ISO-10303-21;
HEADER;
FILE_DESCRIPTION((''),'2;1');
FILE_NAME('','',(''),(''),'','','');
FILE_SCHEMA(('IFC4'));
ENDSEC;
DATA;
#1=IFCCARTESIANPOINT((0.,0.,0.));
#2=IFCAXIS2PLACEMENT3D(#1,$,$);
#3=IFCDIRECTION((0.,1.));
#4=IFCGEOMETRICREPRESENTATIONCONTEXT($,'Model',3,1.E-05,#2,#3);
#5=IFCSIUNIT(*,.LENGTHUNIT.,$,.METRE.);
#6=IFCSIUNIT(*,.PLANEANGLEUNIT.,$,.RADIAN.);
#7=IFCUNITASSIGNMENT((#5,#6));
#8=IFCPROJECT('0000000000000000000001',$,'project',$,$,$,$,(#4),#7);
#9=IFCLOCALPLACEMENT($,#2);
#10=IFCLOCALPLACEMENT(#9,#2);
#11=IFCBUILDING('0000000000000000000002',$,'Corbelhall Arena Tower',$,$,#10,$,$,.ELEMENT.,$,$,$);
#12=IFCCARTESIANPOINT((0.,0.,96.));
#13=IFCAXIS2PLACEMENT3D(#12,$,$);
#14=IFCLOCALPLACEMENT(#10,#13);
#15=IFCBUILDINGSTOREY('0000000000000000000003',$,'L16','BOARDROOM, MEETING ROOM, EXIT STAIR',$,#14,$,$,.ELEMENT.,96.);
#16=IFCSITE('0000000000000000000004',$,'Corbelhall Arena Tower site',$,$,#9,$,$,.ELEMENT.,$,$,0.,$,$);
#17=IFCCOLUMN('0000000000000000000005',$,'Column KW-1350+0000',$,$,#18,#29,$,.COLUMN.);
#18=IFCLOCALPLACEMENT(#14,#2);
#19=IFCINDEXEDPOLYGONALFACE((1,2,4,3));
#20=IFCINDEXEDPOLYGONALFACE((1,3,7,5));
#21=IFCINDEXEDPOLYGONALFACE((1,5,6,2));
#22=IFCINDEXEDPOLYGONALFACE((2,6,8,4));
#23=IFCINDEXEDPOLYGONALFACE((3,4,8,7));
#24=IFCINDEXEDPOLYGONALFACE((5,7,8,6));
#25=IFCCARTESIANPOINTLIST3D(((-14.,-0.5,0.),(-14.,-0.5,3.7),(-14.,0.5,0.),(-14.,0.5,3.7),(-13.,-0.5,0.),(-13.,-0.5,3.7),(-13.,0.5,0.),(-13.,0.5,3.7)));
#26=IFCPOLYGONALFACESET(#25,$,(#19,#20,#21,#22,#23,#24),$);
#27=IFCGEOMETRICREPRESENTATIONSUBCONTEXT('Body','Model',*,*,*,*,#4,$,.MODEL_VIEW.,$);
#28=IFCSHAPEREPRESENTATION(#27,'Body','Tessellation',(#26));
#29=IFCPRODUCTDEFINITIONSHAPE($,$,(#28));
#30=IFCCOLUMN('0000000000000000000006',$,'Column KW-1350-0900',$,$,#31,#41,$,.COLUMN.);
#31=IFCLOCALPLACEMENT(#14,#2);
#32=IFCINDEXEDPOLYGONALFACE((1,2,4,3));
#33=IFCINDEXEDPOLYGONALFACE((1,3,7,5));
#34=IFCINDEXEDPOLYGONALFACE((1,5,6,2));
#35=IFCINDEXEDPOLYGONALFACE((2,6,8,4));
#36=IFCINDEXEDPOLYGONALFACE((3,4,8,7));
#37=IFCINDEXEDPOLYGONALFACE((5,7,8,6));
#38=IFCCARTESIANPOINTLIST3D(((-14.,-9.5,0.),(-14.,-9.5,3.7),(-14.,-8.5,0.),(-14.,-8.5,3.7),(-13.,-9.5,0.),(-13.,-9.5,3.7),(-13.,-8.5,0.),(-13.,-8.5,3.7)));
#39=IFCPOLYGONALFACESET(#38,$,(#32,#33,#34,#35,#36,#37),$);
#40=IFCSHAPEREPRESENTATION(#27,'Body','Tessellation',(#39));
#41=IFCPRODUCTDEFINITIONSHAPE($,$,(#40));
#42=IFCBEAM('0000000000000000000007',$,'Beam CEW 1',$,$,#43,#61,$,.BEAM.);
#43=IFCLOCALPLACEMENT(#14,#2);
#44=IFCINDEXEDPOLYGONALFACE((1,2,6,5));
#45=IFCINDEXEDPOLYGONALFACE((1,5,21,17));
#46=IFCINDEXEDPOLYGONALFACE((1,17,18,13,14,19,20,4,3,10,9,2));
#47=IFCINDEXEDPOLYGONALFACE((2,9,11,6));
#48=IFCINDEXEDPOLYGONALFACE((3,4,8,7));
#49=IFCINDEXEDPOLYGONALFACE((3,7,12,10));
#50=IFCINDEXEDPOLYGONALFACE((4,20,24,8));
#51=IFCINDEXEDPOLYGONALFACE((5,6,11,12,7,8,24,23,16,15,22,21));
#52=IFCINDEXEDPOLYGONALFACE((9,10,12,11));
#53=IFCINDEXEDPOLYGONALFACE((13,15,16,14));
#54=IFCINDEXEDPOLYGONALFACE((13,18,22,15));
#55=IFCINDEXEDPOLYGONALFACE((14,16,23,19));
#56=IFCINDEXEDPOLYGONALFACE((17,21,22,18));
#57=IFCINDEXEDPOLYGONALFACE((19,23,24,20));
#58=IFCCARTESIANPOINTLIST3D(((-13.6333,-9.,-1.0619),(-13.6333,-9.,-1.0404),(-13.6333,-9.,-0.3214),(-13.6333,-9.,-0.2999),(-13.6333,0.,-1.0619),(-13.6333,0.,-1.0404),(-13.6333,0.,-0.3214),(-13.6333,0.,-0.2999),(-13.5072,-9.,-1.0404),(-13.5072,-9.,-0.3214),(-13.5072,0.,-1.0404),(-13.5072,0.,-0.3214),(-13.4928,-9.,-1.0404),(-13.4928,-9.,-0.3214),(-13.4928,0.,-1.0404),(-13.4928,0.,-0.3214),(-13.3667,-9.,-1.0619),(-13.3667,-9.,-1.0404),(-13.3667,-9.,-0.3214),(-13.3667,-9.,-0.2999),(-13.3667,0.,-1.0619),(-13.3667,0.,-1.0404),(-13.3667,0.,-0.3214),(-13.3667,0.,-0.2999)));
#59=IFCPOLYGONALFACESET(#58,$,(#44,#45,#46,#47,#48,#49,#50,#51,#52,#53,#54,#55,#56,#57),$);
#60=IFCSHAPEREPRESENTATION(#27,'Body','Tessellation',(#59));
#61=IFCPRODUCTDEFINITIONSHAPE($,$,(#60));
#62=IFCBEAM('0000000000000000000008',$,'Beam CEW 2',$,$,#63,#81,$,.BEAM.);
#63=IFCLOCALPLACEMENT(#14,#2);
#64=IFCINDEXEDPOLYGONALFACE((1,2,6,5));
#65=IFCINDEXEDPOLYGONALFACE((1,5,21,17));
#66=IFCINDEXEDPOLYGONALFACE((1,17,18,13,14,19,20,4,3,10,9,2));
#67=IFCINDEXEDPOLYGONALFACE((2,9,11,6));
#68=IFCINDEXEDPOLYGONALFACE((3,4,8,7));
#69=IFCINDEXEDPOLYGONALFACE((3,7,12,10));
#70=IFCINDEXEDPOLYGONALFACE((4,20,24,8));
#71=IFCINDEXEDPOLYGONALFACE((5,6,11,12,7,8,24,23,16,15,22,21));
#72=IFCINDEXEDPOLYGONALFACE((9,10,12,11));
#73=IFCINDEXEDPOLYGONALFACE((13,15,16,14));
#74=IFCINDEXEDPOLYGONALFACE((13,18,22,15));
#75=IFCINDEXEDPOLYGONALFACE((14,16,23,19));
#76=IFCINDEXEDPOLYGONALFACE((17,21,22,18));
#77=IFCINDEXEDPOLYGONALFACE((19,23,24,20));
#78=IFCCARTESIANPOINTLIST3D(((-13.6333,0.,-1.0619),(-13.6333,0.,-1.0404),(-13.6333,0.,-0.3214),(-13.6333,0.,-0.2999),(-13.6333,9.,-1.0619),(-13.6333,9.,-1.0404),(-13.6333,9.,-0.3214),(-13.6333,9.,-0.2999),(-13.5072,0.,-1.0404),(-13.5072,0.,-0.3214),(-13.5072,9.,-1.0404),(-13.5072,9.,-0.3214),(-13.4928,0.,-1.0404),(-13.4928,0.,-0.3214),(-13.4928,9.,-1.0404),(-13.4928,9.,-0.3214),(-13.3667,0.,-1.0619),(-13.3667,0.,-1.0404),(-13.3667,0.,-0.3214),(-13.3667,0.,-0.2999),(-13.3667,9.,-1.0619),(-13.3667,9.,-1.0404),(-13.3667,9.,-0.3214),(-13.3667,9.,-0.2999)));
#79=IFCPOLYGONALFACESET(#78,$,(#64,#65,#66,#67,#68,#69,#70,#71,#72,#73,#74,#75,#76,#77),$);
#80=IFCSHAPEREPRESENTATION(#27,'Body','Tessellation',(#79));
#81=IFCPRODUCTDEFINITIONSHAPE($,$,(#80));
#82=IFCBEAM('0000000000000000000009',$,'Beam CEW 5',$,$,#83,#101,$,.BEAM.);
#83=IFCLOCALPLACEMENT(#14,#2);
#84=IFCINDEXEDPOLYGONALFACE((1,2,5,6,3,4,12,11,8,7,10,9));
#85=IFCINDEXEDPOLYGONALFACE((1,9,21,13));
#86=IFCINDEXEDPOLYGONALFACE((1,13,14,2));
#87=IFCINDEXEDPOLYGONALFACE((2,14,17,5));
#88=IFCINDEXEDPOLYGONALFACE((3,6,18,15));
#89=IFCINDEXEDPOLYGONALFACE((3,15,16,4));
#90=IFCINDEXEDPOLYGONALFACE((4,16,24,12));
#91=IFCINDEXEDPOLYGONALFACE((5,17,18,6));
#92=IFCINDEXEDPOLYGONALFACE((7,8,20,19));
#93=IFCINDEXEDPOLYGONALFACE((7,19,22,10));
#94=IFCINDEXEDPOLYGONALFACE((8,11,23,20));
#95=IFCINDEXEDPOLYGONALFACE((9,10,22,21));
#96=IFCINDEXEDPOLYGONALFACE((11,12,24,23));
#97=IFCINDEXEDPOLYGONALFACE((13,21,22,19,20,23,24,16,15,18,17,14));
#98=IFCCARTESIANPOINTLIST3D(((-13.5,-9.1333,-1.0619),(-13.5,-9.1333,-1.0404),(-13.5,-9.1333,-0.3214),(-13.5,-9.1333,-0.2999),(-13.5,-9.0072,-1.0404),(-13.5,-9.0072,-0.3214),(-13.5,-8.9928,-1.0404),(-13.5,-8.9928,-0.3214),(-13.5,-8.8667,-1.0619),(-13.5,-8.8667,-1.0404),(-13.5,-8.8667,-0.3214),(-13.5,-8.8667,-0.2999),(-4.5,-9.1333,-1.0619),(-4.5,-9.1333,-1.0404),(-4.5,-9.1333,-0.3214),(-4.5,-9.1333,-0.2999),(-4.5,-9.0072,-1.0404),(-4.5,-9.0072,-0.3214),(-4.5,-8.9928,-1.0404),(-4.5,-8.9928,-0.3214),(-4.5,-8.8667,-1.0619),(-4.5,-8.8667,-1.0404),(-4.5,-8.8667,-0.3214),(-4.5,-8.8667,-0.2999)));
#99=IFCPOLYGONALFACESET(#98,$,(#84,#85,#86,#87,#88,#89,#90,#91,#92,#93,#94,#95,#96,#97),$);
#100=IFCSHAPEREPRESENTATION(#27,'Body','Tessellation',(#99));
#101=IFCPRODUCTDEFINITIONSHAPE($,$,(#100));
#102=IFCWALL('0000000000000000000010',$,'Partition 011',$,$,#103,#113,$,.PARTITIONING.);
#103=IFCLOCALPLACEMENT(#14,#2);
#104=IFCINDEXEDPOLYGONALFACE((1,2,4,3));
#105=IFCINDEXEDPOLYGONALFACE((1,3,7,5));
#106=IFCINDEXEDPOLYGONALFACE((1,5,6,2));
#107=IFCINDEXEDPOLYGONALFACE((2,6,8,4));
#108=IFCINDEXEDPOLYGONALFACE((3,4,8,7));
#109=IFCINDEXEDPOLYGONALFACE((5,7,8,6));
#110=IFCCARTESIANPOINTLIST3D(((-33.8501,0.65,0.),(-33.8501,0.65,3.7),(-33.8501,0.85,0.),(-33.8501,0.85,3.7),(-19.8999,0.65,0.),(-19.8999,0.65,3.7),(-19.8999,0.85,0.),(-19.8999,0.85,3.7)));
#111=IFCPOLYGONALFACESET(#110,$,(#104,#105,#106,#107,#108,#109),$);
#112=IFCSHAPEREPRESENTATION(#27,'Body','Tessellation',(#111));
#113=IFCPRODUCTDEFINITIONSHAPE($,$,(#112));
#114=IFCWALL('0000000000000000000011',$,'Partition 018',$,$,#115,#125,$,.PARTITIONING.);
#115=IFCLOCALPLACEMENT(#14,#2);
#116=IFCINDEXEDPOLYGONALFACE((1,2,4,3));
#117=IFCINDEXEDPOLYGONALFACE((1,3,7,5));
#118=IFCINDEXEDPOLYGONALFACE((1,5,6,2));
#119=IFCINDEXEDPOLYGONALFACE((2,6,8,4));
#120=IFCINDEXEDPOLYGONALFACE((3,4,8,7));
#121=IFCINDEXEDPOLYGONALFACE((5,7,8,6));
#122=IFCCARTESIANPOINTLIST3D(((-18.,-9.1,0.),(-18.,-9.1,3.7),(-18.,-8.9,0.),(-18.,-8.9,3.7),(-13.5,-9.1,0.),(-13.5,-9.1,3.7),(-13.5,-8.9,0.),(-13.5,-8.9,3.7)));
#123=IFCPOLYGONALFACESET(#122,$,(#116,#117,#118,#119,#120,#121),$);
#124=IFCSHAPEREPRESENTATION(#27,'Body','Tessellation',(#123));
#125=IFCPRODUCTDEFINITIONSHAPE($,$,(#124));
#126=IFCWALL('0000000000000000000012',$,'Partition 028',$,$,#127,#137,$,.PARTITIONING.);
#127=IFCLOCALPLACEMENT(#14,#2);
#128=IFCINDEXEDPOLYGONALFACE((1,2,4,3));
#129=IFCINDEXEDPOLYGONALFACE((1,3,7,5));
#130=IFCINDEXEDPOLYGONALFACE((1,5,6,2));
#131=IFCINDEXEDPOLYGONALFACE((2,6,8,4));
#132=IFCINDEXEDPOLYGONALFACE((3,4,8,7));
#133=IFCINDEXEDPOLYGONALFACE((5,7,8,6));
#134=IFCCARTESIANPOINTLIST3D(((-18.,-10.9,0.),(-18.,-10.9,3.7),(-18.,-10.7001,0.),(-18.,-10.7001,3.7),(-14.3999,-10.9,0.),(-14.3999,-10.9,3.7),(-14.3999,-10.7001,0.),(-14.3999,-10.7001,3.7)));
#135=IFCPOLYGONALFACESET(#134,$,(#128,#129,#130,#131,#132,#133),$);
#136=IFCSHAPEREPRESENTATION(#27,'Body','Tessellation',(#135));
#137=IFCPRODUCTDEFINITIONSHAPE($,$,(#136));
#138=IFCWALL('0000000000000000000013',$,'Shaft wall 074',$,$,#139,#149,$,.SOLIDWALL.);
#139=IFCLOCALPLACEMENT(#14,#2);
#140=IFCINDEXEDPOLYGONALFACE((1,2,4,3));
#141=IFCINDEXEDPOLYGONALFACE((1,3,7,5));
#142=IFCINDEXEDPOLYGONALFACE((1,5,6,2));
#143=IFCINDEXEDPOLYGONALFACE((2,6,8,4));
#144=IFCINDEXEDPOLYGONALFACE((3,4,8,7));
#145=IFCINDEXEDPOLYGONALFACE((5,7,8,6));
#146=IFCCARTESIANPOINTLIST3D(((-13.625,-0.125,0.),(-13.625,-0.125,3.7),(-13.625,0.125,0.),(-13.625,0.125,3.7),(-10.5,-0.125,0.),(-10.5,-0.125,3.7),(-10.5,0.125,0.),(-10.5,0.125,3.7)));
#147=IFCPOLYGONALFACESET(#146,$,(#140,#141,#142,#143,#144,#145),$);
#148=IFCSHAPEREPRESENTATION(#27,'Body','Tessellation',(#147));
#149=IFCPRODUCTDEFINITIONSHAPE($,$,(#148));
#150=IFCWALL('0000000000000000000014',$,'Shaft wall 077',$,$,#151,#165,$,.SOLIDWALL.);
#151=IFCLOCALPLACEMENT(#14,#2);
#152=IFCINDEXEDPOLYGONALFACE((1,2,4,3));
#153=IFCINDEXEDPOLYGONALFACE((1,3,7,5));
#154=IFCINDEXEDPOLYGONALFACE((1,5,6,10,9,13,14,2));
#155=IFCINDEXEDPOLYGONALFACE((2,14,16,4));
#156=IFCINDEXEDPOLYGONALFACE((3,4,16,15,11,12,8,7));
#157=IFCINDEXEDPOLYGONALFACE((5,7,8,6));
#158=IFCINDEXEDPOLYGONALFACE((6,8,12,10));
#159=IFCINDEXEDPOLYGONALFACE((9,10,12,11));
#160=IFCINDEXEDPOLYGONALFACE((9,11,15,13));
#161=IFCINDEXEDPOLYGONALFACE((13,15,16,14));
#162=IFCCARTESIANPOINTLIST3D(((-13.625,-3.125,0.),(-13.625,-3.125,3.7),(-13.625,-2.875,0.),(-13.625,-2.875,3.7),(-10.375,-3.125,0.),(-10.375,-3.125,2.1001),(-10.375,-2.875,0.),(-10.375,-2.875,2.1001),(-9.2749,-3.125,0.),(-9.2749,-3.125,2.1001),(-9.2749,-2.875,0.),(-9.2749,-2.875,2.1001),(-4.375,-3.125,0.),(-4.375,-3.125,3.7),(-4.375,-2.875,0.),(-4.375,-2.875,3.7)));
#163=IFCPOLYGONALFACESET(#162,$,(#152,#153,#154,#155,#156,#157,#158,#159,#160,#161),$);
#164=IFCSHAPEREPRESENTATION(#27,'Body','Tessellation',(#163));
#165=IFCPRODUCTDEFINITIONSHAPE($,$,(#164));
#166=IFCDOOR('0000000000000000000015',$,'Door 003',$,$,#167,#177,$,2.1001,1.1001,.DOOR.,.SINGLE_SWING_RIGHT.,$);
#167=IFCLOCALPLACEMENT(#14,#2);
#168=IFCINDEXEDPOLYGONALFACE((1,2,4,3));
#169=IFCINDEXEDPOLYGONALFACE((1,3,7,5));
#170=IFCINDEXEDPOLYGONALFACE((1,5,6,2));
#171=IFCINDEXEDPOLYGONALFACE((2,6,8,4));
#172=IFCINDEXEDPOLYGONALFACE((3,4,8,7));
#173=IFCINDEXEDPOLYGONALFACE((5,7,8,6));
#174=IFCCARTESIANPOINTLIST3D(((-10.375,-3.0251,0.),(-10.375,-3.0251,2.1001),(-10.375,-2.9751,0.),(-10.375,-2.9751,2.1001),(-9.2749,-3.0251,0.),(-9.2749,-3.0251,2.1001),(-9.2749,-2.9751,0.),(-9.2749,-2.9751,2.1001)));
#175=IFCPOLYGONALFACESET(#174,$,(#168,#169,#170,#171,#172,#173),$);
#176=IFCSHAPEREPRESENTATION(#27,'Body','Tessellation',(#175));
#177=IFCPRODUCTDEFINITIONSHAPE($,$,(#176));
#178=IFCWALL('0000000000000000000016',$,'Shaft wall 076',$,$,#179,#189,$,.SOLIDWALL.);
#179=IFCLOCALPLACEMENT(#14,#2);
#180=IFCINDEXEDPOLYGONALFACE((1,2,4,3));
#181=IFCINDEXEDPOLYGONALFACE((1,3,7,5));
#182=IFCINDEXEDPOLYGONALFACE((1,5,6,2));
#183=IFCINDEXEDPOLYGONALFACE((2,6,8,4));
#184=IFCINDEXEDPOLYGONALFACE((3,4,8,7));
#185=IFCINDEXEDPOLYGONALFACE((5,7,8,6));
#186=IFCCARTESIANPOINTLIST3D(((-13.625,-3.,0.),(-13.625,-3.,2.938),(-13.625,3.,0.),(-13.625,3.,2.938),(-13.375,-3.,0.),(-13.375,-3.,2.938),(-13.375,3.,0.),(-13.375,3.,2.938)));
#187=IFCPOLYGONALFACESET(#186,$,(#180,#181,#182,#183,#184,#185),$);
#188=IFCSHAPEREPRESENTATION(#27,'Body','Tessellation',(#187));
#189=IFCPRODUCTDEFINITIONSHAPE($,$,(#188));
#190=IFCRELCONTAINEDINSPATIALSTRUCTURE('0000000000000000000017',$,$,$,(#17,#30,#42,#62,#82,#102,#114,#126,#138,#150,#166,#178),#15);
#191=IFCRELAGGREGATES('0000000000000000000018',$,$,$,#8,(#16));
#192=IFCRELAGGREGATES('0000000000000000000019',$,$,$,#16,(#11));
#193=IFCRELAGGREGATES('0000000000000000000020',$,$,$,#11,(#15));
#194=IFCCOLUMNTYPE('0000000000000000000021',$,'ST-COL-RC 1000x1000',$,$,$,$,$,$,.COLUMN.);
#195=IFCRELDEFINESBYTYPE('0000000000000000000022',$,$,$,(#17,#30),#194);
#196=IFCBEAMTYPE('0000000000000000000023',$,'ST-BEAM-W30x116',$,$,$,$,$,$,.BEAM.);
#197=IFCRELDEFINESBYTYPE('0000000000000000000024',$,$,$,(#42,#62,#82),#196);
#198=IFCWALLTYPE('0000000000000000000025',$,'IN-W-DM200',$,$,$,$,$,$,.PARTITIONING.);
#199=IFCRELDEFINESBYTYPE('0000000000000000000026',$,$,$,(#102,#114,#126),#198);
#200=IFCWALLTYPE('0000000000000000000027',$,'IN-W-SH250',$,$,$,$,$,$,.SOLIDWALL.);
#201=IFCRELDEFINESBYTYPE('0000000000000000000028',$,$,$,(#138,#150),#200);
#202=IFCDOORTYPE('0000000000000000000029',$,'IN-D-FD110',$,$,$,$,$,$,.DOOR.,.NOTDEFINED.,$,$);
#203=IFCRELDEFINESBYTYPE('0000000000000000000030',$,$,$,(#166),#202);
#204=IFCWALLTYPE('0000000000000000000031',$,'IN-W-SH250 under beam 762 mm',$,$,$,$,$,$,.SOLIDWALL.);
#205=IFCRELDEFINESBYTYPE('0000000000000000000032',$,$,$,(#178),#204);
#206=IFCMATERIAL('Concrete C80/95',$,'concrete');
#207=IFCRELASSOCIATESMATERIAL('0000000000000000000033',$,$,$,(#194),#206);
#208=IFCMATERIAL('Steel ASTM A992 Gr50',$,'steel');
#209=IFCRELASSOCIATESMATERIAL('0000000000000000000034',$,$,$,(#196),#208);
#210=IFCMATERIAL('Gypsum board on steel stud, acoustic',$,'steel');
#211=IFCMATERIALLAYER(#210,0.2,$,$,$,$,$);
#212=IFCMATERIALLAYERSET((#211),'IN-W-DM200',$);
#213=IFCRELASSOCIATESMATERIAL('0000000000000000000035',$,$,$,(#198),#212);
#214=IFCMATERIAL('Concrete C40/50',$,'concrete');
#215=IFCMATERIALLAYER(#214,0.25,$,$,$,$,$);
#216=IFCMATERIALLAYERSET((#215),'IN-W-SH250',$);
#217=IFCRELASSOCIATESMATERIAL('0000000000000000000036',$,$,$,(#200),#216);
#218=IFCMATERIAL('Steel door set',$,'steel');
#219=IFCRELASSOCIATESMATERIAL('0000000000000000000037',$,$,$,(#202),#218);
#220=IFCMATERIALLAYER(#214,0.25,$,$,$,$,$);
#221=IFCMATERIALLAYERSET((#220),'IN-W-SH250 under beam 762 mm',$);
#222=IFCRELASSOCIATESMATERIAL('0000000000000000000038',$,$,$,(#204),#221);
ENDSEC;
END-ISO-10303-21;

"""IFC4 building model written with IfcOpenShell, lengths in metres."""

from ifc_helpers import new_model, si_unit, direction, frame, frame_2d, origin, origin_2d, place, context, subcontext, project, spatial, rectangle, i_section, extrude, material, layer, layer_set, material_profile, profile_set, type_object, element, fill, save


model = new_model("IFC4")

# Units and contexts
model_context = context("Model", 3, precision=1e-05, world=origin(), true_north=direction((0.0, 1.0)))
body_context = subcontext(model_context, "Body", "Model", "MODEL_VIEW")
ifc_project = project(units=[si_unit("LENGTHUNIT", "METRE"), si_unit("PLANEANGLEUNIT", "RADIAN")], contexts=[model_context])

# Site, building, storey
site_placement = place(None, origin())
site = spatial("IfcSite", under=ifc_project, at=site_placement, Name="Corbelhall Arena Tower site", CompositionType="ELEMENT", RefElevation=0.0)
building_placement = place(site_placement, origin())
building = spatial("IfcBuilding", under=site, at=building_placement, Name="Corbelhall Arena Tower", CompositionType="ELEMENT")
storey_placement = place(building_placement, frame((0.0, 0.0, 96.0)))
storey = spatial("IfcBuildingStorey", under=building, at=storey_placement, Name="L16", Description="BOARDROOM, MEETING ROOM, EXIT STAIR", CompositionType="ELEMENT", Elevation=96.0)

# Columns
ifc_material_1 = material(Name="Concrete C80/95", Category="concrete")
ifc_material_profile_1 = material_profile(ifc_material_1, rectangle(XDim=1.0, YDim=1.0, at=origin_2d()))
ifc_profile_set_1 = profile_set([ifc_material_profile_1], Name="Concrete C80/95")
column_type = type_object("IfcColumnType", Name="ST-COL-RC 1000x1000", PredefinedType="COLUMN", material=ifc_profile_set_1)
for number, where, z_axis, x_axis, name in (
    (1, (-13.5, 0.0, 0.0), (0.0, 0.0, 1.0), (1.0, 0.0, 0.0), "Column KW-1350+0000"),
    (2, (-13.5, -9.0, 0.0), (0.0, 0.0, 1.0), (1.0, 0.0, 0.0), "Column KW-1350-0900"),
):
    element("IfcColumn", number, at=place(storey_placement, frame(where, z_axis=z_axis, x_axis=x_axis)), inside=storey, type_object=column_type, Name=name, PredefinedType="COLUMN", context=body_context, shape_type="SweptSolid", body=[
        extrude(rectangle(XDim=1.0, YDim=1.0, at=origin_2d()), origin(), (0.0, 0.0, 1.0), 3.7),
    ])

# Beams
ifc_material_2 = material(Name="Steel ASTM A992 Gr50", Category="steel")
ifc_material_profile_2 = material_profile(ifc_material_2, i_section(OverallWidth=0.2666, OverallDepth=0.762, WebThickness=0.0144, FlangeThickness=0.0215, at=origin_2d()))
ifc_profile_set_2 = profile_set([ifc_material_profile_2], Name="Steel ASTM A992 Gr50")
beam_type = type_object("IfcBeamType", Name="ST-BEAM-W30x116", PredefinedType="BEAM", material=ifc_profile_set_2)
for number, where, z_axis, x_axis, name in (
    (3, (-13.5, -9.0, -0.6809), (0.0, 1.0, 0.0), (-1.0, 0.0, 0.0), "Beam CEW 1"),
    (4, (-13.5, 0.0, -0.6809), (0.0, 1.0, 0.0), (-1.0, 0.0, 0.0), "Beam CEW 2"),
    (5, (-13.5, -9.0, -0.6809), (1.0, 0.0, 0.0), (0.0, 1.0, 0.0), "Beam CEW 5"),
):
    element("IfcBeam", number, at=place(storey_placement, frame(where, z_axis=z_axis, x_axis=x_axis)), inside=storey, type_object=beam_type, Name=name, PredefinedType="BEAM", context=body_context, shape_type="SweptSolid", body=[
        extrude(i_section(OverallWidth=0.2666, OverallDepth=0.762, WebThickness=0.0144, FlangeThickness=0.0215, at=origin_2d()), origin(), (0.0, 0.0, 1.0), 9.0),
    ])

# Wall
ifc_material_3 = material(Name="Gypsum board on steel stud, acoustic", Category="steel")
ifc_layer_1 = layer(ifc_material_3, 0.2)
ifc_layer_set_1 = layer_set([ifc_layer_1], Name="IN-W-DM200")
wall_type_1 = type_object("IfcWallType", Name="IN-W-DM200", PredefinedType="PARTITIONING", material=ifc_layer_set_1)
wall_1_placement = place(storey_placement, frame((-19.8999, 0.75, 0.0), z_axis=(0.0, 0.0, 1.0), x_axis=(-1.0, 0.0, 0.0)))
element("IfcWall", 6, at=wall_1_placement, inside=storey, type_object=wall_type_1, Name="Partition 011", PredefinedType="PARTITIONING", context=body_context, shape_type="SweptSolid", body=[
    extrude(rectangle(XDim=13.9502, YDim=0.2, at=frame_2d((6.9751, 0.0))), origin(), (0.0, 0.0, 1.0), 3.7),
])

# Shared definitions
ifc_material_4 = material(Name="Steel door set", Category="steel")

# Walls
wall_2_placement = place(storey_placement, frame((-18.0, -9.0, 0.0), z_axis=(0.0, 0.0, 1.0), x_axis=(1.0, 0.0, 0.0)))
element("IfcWall", 7, at=wall_2_placement, inside=storey, type_object=wall_type_1, Name="Partition 018", PredefinedType="PARTITIONING", context=body_context, shape_type="SweptSolid", body=[
    extrude(rectangle(XDim=4.5, YDim=0.2, at=frame_2d((2.25, 0.0))), origin(), (0.0, 0.0, 1.0), 3.7),
])
wall_3_placement = place(storey_placement, frame((-14.3999, -10.8, 0.0), z_axis=(0.0, 0.0, 1.0), x_axis=(-1.0, 0.0, 0.0)))
element("IfcWall", 8, at=wall_3_placement, inside=storey, type_object=wall_type_1, Name="Partition 028", PredefinedType="PARTITIONING", context=body_context, shape_type="SweptSolid", body=[
    extrude(rectangle(XDim=3.6001, YDim=0.2, at=frame_2d((1.8, 0.0))), origin(), (0.0, 0.0, 1.0), 3.7),
])
ifc_material_5 = material(Name="Concrete C40/50", Category="concrete")
ifc_layer_2 = layer(ifc_material_5, 0.25)
ifc_layer_set_2 = layer_set([ifc_layer_2], Name="IN-W-SH250")
wall_type_2 = type_object("IfcWallType", Name="IN-W-SH250", PredefinedType="SOLIDWALL", material=ifc_layer_set_2)
wall_4_placement = place(storey_placement, frame((-13.625, 0.0, 0.0), z_axis=(0.0, 0.0, 1.0), x_axis=(1.0, 0.0, 0.0)))
element("IfcWall", 9, at=wall_4_placement, inside=storey, type_object=wall_type_2, Name="Shaft wall 074", PredefinedType="SOLIDWALL", context=body_context, shape_type="SweptSolid", body=[
    extrude(rectangle(XDim=3.125, YDim=0.25, at=frame_2d((1.5625, 0.0))), origin(), (0.0, 0.0, 1.0), 3.7),
])

# Wall, opening, door
wall_5_placement = place(storey_placement, frame((-13.625, -3.0, 0.0), z_axis=(0.0, 0.0, 1.0), x_axis=(1.0, 0.0, 0.0)))
wall_5 = element("IfcWall", 10, at=wall_5_placement, inside=storey, type_object=wall_type_2, Name="Shaft wall 077", PredefinedType="SOLIDWALL", context=body_context, shape_type="SweptSolid", body=[
    extrude(rectangle(XDim=9.25, YDim=0.25, at=frame_2d((4.625, 0.0))), origin(), (0.0, 0.0, 1.0), 3.7),
])
opening_1_placement = place(wall_5_placement, frame((3.25, 0.0, 0.0)))
opening_1 = element("IfcOpeningElement", 11, at=opening_1_placement, cuts=wall_5, PredefinedType="OPENING", context=body_context, shape_type="SweptSolid", body=[
    extrude(rectangle(XDim=1.1001, YDim=2.1001, at=frame_2d((0.55, 1.05))), frame((0.0, 0.125, 0.0), z_axis=(0.0, -1.0, 0.0), x_axis=(1.0, 0.0, 0.0)), (0.0, 0.0, 1.0), 0.25),
])
door_type_1 = type_object("IfcDoorType", Name="IN-D-FD110", OperationType="NOTDEFINED", PredefinedType="DOOR", material=ifc_material_4)
door_1_placement = place(opening_1_placement, origin())
door_1 = element("IfcDoor", 12, at=door_1_placement, inside=storey, type_object=door_type_1, Name="Door 003", OperationType="SINGLE_SWING_RIGHT", OverallHeight=2.1001, OverallWidth=1.1001, PredefinedType="DOOR", context=body_context, shape_type="SweptSolid", body=[
    extrude(rectangle(XDim=1.1001, YDim=2.1001, at=frame_2d((0.55, 1.05))), frame((0.0, 0.0249, 0.0), z_axis=(0.0, -1.0, 0.0), x_axis=(1.0, 0.0, 0.0)), (0.0, 0.0, 1.0), 0.05),
])
fill(opening_1, door_1)

# Wall
ifc_layer_3 = layer(ifc_material_5, 0.25)
ifc_layer_set_3 = layer_set([ifc_layer_3], Name="IN-W-SH250 under beam 762 mm")
wall_type_3 = type_object("IfcWallType", Name="IN-W-SH250 under beam 762 mm", PredefinedType="SOLIDWALL", material=ifc_layer_set_3)
wall_6_placement = place(storey_placement, frame((-13.5, -3.0, 0.0), z_axis=(0.0, 0.0, 1.0), x_axis=(0.0, 1.0, 0.0)))
element("IfcWall", 13, at=wall_6_placement, inside=storey, type_object=wall_type_3, Name="Shaft wall 076", PredefinedType="SOLIDWALL", context=body_context, shape_type="SweptSolid", body=[
    extrude(rectangle(XDim=6.0, YDim=0.25, at=frame_2d((3.0, 0.0))), origin(), (0.0, 0.0, 1.0), 2.938),
])

save(model, "model.ifc")
